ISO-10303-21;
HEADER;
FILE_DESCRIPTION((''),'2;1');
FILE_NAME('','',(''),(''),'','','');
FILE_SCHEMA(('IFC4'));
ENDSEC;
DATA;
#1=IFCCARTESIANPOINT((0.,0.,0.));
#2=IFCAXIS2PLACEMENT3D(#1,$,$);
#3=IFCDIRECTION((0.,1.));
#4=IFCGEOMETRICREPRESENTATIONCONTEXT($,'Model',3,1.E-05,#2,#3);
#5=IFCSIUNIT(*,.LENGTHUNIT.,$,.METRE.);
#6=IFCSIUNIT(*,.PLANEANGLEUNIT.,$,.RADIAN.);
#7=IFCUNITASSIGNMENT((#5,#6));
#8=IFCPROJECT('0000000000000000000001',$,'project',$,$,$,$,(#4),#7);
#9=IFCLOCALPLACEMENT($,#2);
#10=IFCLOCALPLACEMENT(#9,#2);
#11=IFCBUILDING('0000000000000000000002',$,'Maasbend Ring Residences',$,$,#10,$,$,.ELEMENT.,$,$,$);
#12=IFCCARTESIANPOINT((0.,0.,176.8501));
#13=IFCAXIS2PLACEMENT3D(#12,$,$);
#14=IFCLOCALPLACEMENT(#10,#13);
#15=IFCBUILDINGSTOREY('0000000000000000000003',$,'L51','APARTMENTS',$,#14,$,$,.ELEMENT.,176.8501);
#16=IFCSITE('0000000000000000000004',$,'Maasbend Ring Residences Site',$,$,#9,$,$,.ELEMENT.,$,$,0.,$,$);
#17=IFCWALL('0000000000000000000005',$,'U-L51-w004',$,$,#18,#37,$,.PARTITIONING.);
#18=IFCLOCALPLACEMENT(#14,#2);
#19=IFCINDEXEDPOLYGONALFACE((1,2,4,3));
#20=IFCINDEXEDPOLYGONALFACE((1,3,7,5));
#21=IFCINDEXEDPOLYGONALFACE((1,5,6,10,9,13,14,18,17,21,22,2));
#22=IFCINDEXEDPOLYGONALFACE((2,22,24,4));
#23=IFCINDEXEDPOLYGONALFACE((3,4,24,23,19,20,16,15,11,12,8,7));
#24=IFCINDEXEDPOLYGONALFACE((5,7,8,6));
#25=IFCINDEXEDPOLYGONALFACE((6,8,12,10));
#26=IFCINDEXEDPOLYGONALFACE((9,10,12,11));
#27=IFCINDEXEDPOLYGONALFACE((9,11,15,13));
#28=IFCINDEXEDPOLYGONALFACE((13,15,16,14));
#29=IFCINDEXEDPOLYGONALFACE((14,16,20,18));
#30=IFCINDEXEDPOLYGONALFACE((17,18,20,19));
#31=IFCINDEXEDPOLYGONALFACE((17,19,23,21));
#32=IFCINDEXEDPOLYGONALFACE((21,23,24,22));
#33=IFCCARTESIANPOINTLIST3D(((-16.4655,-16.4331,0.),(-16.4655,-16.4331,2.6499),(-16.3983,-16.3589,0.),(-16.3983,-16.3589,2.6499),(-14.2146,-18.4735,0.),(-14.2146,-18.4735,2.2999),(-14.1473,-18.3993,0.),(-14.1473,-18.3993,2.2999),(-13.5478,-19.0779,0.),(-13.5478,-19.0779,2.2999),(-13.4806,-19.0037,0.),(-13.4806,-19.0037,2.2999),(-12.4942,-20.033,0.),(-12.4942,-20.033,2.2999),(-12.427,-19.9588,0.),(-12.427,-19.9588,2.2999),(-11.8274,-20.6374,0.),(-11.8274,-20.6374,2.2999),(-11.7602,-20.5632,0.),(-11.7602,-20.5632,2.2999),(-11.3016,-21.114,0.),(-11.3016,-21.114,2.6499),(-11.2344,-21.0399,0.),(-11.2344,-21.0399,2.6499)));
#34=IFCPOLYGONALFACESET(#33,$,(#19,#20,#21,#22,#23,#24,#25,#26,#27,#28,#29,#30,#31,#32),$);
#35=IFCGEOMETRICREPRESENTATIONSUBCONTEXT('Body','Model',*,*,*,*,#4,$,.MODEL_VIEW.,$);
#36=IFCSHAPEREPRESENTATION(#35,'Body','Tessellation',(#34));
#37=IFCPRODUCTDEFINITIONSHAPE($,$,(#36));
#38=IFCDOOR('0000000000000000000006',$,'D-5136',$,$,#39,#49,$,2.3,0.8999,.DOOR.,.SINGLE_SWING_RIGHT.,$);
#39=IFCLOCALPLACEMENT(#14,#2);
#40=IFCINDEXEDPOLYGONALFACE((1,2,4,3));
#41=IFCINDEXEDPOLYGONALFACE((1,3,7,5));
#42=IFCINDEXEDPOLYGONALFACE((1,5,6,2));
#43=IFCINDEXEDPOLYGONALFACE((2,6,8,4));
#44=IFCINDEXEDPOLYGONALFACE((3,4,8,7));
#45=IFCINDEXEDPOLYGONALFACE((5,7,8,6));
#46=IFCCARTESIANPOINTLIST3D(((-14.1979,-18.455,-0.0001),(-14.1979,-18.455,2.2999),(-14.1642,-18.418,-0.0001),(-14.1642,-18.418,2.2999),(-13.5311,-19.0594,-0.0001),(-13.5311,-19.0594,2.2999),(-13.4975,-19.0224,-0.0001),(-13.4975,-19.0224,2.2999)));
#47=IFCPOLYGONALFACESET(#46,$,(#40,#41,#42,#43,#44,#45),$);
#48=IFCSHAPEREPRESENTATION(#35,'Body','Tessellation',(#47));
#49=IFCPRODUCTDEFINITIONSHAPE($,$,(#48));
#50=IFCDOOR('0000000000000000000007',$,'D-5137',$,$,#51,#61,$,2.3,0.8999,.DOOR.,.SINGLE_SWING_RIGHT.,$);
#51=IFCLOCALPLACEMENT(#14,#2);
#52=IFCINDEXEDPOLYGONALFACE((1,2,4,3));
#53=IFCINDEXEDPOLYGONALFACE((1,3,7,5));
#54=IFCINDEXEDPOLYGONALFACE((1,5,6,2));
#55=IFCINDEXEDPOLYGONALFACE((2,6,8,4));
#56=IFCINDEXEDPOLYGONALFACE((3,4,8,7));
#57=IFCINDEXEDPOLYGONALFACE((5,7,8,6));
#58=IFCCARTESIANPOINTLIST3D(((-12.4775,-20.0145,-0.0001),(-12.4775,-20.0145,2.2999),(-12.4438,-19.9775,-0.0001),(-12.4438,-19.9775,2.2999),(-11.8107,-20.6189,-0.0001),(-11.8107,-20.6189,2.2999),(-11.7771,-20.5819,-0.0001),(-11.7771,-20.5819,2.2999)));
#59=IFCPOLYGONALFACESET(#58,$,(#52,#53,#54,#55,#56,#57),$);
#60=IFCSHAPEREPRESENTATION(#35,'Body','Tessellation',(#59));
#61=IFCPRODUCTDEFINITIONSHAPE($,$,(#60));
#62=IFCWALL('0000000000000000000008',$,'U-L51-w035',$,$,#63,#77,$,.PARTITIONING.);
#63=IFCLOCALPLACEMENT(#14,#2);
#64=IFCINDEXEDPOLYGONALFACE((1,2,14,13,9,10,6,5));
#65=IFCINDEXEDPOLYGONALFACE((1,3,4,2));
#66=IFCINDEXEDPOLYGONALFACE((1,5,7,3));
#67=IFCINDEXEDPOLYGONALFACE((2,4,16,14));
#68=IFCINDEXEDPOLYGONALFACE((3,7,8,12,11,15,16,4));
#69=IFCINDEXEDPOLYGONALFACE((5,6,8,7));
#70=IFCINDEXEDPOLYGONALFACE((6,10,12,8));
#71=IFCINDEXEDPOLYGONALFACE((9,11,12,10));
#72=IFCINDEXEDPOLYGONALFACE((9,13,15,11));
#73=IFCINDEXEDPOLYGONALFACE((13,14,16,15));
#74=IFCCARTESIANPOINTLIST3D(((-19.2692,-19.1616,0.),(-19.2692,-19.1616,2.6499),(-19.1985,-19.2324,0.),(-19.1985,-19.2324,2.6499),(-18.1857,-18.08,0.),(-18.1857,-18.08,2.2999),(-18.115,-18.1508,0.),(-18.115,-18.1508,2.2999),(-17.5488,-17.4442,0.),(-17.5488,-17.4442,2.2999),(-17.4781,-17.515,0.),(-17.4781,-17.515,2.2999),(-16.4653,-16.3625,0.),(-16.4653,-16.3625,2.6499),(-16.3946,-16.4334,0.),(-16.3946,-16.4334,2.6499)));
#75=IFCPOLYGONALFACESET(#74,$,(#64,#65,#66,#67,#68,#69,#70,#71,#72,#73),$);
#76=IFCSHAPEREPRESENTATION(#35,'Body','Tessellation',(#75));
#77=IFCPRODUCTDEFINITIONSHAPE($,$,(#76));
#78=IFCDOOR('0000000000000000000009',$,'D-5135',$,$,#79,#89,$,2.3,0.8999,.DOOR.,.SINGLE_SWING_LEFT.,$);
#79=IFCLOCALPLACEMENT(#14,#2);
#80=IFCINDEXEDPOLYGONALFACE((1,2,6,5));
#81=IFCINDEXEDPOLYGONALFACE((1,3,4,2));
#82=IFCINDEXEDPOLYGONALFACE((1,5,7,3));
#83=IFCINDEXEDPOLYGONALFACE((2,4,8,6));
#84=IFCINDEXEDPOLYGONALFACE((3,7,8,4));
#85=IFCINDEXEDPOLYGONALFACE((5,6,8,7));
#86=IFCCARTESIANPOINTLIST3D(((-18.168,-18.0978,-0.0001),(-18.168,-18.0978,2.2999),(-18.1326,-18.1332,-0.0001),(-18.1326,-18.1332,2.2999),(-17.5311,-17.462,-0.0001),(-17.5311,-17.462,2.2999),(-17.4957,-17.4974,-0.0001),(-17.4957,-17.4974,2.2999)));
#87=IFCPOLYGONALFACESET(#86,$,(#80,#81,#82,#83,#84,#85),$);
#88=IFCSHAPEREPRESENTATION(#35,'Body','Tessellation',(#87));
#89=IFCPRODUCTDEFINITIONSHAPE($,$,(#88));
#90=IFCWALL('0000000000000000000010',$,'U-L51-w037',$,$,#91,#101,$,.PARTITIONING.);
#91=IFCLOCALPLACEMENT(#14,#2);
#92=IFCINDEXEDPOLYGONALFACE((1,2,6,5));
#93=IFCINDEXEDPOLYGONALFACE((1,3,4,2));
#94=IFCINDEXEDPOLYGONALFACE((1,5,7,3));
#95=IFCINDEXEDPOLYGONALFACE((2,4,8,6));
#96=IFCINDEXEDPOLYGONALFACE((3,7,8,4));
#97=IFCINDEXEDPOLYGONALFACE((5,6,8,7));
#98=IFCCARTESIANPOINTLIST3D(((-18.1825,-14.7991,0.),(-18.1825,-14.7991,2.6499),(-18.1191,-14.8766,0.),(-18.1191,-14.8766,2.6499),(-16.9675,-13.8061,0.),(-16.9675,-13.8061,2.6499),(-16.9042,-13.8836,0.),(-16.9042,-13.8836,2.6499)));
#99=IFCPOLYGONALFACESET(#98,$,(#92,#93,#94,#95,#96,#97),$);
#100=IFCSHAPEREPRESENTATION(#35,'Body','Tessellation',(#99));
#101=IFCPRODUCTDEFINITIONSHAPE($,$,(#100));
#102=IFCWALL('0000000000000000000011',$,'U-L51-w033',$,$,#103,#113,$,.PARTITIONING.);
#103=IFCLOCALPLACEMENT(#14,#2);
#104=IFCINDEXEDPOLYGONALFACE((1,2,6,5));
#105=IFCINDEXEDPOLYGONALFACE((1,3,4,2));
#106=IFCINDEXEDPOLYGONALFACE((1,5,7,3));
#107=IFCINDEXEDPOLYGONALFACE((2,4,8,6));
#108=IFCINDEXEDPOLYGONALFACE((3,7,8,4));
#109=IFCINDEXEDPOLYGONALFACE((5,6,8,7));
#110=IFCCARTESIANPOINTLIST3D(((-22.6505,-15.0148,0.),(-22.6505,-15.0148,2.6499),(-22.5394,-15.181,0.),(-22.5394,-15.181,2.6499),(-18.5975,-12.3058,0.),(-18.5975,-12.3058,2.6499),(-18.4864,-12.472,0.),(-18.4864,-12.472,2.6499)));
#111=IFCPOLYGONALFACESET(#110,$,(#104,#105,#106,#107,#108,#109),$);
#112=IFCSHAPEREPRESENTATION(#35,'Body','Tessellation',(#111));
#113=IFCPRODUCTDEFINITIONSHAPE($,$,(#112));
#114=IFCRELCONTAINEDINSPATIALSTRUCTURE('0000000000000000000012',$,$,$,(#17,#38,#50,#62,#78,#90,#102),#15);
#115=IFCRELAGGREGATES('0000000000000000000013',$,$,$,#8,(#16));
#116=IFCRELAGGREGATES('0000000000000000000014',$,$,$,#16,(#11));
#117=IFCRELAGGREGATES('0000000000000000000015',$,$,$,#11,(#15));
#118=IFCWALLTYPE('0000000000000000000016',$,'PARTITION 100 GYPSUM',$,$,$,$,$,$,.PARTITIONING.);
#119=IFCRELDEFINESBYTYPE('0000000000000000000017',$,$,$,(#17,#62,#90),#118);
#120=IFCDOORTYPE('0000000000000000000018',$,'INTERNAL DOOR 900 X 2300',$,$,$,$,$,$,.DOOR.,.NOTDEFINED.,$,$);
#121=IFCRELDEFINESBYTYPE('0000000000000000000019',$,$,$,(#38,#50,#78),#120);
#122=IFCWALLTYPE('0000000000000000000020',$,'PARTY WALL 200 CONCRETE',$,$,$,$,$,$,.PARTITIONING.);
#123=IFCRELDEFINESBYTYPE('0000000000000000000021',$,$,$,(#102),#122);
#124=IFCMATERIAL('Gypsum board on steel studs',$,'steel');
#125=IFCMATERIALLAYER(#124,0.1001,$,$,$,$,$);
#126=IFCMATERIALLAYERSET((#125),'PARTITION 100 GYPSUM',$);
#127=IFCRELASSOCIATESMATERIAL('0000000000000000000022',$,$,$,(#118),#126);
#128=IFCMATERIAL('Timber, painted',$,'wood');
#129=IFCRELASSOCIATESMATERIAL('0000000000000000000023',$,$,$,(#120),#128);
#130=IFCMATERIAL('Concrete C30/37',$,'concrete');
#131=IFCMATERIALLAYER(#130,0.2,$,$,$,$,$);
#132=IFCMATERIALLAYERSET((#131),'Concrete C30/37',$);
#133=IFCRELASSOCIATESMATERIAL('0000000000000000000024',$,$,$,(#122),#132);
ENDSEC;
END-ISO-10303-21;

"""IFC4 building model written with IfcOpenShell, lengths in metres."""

from ifc_helpers import new_model, si_unit, direction, frame, frame_2d, origin, place, context, subcontext, project, spatial, rectangle, extrude, material, layer, layer_set, type_object, element, fill, save


model = new_model("IFC4")

# Units and contexts
model_context = context("Model", 3, precision=1e-05, world=origin(), true_north=direction((0.0, 1.0)))
body_context = subcontext(model_context, "Body", "Model", "MODEL_VIEW")
ifc_project = project(units=[si_unit("LENGTHUNIT", "METRE"), si_unit("PLANEANGLEUNIT", "RADIAN")], contexts=[model_context])

# Site, building, storey
site_placement = place(None, origin())
site = spatial("IfcSite", under=ifc_project, at=site_placement, Name="Maasbend Ring Residences Site", CompositionType="ELEMENT", RefElevation=0.0)
building_placement = place(site_placement, origin())
building = spatial("IfcBuilding", under=site, at=building_placement, Name="Maasbend Ring Residences", CompositionType="ELEMENT")
storey_placement = place(building_placement, frame((0.0, 0.0, 176.8501)))
storey = spatial("IfcBuildingStorey", under=building, at=storey_placement, Name="L51", Description="APARTMENTS", CompositionType="ELEMENT", Elevation=176.8501)

# Shared definitions
ifc_material_1 = material(Name="Gypsum board on steel studs", Category="steel")
ifc_layer_1 = layer(ifc_material_1, 0.1001)
ifc_layer_set_1 = layer_set([ifc_layer_1], Name="PARTITION 100 GYPSUM")
wall_type_1 = type_object("IfcWallType", Name="PARTITION 100 GYPSUM", PredefinedType="PARTITIONING", material=ifc_layer_set_1)
ifc_material_2 = material(Name="Timber, painted", Category="wood")
door_type_1 = type_object("IfcDoorType", Name="INTERNAL DOOR 900 X 2300", OperationType="NOTDEFINED", PredefinedType="DOOR", material=ifc_material_2)

# Wall, openings, doors
wall_1_placement = place(storey_placement, frame((-16.4319, -16.396, 0.0), z_axis=(0.0, 0.0, 1.0), x_axis=(0.740901, -0.671614, 0.0)))
wall_1 = element("IfcWall", 1, at=wall_1_placement, inside=storey, type_object=wall_type_1, Name="U-L51-w004", PredefinedType="PARTITIONING", context=body_context, shape_type="SweptSolid", body=[
    extrude(rectangle(XDim=6.9697, YDim=0.1001, at=frame_2d((3.4849, 0.0))), origin(), (0.0, 0.0, 1.0), 2.6499),
])
opening_1_placement = place(wall_1_placement, frame((3.0381, 0.0, 0.0)))
opening_1 = element("IfcOpeningElement", 2, at=opening_1_placement, cuts=wall_1, PredefinedType="OPENING", context=body_context, shape_type="SweptSolid", body=[
    extrude(rectangle(XDim=0.8999, YDim=2.3, at=frame_2d((0.45, 1.1499))), frame((0.0, 0.0601, 0.0), z_axis=(0.0, -1.0, 0.0), x_axis=(1.0, 0.0, 0.0)), (0.0, 0.0, 1.0), 0.1201),
])
opening_2_placement = place(wall_1_placement, frame((5.3601, 0.0, 0.0)))
opening_2 = element("IfcOpeningElement", 3, at=opening_2_placement, cuts=wall_1, PredefinedType="OPENING", context=body_context, shape_type="SweptSolid", body=[
    extrude(rectangle(XDim=0.8999, YDim=2.3, at=frame_2d((0.45, 1.1499))), frame((0.0, 0.0601, 0.0), z_axis=(0.0, -1.0, 0.0), x_axis=(1.0, 0.0, 0.0)), (0.0, 0.0, 1.0), 0.1201),
])
door_1_placement = place(opening_1_placement, origin())
door_1 = element("IfcDoor", 4, at=door_1_placement, inside=storey, type_object=door_type_1, Name="D-5136", OperationType="SINGLE_SWING_RIGHT", OverallHeight=2.3, OverallWidth=0.8999, PredefinedType="DOOR", context=body_context, shape_type="SweptSolid", body=[
    extrude(rectangle(XDim=0.8999, YDim=2.3, at=frame_2d((0.45, 1.1499))), frame((0.0, 0.0249, 0.0), z_axis=(0.0, -1.0, 0.0), x_axis=(1.0, 0.0, 0.0)), (0.0, 0.0, 1.0), 0.05),
])
fill(opening_1, door_1)
door_2_placement = place(opening_2_placement, origin())
door_2 = element("IfcDoor", 5, at=door_2_placement, inside=storey, type_object=door_type_1, Name="D-5137", OperationType="SINGLE_SWING_RIGHT", OverallHeight=2.3, OverallWidth=0.8999, PredefinedType="DOOR", context=body_context, shape_type="SweptSolid", body=[
    extrude(rectangle(XDim=0.8999, YDim=2.3, at=frame_2d((0.45, 1.1499))), frame((0.0, 0.0249, 0.0), z_axis=(0.0, -1.0, 0.0), x_axis=(1.0, 0.0, 0.0)), (0.0, 0.0, 1.0), 0.05),
])
fill(opening_2, door_2)

# Wall, opening, door
wall_2_placement = place(storey_placement, frame((-19.2339, -19.197, 0.0), z_axis=(0.0, 0.0, 1.0), x_axis=(0.707723, 0.70649, 0.0)))
wall_2 = element("IfcWall", 6, at=wall_2_placement, inside=storey, type_object=wall_type_1, Name="U-L51-w035", PredefinedType="PARTITIONING", context=body_context, shape_type="SweptSolid", body=[
    extrude(rectangle(XDim=3.9619, YDim=0.1001, at=frame_2d((1.981, 0.0))), origin(), (0.0, 0.0, 1.0), 2.6499),
])
opening_3_placement = place(wall_2_placement, frame((1.531, 0.0, 0.0)))
opening_3 = element("IfcOpeningElement", 7, at=opening_3_placement, cuts=wall_2, PredefinedType="OPENING", context=body_context, shape_type="SweptSolid", body=[
    extrude(rectangle(XDim=0.8999, YDim=2.3, at=frame_2d((0.45, 1.1499))), frame((0.0, 0.0601, 0.0), z_axis=(0.0, -1.0, 0.0), x_axis=(1.0, 0.0, 0.0)), (0.0, 0.0, 1.0), 0.1201),
])
door_3_placement = place(opening_3_placement, origin())
door_3 = element("IfcDoor", 8, at=door_3_placement, inside=storey, type_object=door_type_1, Name="D-5135", OperationType="SINGLE_SWING_LEFT", OverallHeight=2.3, OverallWidth=0.8999, PredefinedType="DOOR", context=body_context, shape_type="SweptSolid", body=[
    extrude(rectangle(XDim=0.8999, YDim=2.3, at=frame_2d((0.45, 1.1499))), frame((0.0, 0.0249, 0.0), z_axis=(0.0, -1.0, 0.0), x_axis=(1.0, 0.0, 0.0)), (0.0, 0.0, 1.0), 0.05),
])
fill(opening_3, door_3)

# Walls
wall_3_placement = place(storey_placement, frame((-18.1509, -14.8379, 0.0), z_axis=(0.0, 0.0, 1.0), x_axis=(0.774283, 0.632839, 0.0)))
element("IfcWall", 9, at=wall_3_placement, inside=storey, type_object=wall_type_1, Name="U-L51-w037", PredefinedType="PARTITIONING", context=body_context, shape_type="SweptSolid", body=[
    extrude(rectangle(XDim=1.5691, YDim=0.1001, at=frame_2d((0.7847, 0.0))), origin(), (0.0, 0.0, 1.0), 2.6499),
])
ifc_material_3 = material(Name="Concrete C30/37", Category="concrete")
ifc_layer_2 = layer(ifc_material_3, 0.2)
ifc_layer_set_2 = layer_set([ifc_layer_2], Name="Concrete C30/37")
wall_type_2 = type_object("IfcWallType", Name="PARTY WALL 200 CONCRETE", PredefinedType="PARTITIONING", material=ifc_layer_set_2)
wall_4_placement = place(storey_placement, frame((-22.595, -15.0979, 0.0), z_axis=(0.0, 0.0, 1.0), x_axis=(0.831387, 0.555694, 0.0)))
element("IfcWall", 10, at=wall_4_placement, inside=storey, type_object=wall_type_2, Name="U-L51-w033", PredefinedType="PARTITIONING", context=body_context, shape_type="SweptSolid", body=[
    extrude(rectangle(XDim=4.875, YDim=0.2, at=frame_2d((2.4375, 0.0))), origin(), (0.0, 0.0, 1.0), 2.6499),
])

save(model, "model.ifc")
